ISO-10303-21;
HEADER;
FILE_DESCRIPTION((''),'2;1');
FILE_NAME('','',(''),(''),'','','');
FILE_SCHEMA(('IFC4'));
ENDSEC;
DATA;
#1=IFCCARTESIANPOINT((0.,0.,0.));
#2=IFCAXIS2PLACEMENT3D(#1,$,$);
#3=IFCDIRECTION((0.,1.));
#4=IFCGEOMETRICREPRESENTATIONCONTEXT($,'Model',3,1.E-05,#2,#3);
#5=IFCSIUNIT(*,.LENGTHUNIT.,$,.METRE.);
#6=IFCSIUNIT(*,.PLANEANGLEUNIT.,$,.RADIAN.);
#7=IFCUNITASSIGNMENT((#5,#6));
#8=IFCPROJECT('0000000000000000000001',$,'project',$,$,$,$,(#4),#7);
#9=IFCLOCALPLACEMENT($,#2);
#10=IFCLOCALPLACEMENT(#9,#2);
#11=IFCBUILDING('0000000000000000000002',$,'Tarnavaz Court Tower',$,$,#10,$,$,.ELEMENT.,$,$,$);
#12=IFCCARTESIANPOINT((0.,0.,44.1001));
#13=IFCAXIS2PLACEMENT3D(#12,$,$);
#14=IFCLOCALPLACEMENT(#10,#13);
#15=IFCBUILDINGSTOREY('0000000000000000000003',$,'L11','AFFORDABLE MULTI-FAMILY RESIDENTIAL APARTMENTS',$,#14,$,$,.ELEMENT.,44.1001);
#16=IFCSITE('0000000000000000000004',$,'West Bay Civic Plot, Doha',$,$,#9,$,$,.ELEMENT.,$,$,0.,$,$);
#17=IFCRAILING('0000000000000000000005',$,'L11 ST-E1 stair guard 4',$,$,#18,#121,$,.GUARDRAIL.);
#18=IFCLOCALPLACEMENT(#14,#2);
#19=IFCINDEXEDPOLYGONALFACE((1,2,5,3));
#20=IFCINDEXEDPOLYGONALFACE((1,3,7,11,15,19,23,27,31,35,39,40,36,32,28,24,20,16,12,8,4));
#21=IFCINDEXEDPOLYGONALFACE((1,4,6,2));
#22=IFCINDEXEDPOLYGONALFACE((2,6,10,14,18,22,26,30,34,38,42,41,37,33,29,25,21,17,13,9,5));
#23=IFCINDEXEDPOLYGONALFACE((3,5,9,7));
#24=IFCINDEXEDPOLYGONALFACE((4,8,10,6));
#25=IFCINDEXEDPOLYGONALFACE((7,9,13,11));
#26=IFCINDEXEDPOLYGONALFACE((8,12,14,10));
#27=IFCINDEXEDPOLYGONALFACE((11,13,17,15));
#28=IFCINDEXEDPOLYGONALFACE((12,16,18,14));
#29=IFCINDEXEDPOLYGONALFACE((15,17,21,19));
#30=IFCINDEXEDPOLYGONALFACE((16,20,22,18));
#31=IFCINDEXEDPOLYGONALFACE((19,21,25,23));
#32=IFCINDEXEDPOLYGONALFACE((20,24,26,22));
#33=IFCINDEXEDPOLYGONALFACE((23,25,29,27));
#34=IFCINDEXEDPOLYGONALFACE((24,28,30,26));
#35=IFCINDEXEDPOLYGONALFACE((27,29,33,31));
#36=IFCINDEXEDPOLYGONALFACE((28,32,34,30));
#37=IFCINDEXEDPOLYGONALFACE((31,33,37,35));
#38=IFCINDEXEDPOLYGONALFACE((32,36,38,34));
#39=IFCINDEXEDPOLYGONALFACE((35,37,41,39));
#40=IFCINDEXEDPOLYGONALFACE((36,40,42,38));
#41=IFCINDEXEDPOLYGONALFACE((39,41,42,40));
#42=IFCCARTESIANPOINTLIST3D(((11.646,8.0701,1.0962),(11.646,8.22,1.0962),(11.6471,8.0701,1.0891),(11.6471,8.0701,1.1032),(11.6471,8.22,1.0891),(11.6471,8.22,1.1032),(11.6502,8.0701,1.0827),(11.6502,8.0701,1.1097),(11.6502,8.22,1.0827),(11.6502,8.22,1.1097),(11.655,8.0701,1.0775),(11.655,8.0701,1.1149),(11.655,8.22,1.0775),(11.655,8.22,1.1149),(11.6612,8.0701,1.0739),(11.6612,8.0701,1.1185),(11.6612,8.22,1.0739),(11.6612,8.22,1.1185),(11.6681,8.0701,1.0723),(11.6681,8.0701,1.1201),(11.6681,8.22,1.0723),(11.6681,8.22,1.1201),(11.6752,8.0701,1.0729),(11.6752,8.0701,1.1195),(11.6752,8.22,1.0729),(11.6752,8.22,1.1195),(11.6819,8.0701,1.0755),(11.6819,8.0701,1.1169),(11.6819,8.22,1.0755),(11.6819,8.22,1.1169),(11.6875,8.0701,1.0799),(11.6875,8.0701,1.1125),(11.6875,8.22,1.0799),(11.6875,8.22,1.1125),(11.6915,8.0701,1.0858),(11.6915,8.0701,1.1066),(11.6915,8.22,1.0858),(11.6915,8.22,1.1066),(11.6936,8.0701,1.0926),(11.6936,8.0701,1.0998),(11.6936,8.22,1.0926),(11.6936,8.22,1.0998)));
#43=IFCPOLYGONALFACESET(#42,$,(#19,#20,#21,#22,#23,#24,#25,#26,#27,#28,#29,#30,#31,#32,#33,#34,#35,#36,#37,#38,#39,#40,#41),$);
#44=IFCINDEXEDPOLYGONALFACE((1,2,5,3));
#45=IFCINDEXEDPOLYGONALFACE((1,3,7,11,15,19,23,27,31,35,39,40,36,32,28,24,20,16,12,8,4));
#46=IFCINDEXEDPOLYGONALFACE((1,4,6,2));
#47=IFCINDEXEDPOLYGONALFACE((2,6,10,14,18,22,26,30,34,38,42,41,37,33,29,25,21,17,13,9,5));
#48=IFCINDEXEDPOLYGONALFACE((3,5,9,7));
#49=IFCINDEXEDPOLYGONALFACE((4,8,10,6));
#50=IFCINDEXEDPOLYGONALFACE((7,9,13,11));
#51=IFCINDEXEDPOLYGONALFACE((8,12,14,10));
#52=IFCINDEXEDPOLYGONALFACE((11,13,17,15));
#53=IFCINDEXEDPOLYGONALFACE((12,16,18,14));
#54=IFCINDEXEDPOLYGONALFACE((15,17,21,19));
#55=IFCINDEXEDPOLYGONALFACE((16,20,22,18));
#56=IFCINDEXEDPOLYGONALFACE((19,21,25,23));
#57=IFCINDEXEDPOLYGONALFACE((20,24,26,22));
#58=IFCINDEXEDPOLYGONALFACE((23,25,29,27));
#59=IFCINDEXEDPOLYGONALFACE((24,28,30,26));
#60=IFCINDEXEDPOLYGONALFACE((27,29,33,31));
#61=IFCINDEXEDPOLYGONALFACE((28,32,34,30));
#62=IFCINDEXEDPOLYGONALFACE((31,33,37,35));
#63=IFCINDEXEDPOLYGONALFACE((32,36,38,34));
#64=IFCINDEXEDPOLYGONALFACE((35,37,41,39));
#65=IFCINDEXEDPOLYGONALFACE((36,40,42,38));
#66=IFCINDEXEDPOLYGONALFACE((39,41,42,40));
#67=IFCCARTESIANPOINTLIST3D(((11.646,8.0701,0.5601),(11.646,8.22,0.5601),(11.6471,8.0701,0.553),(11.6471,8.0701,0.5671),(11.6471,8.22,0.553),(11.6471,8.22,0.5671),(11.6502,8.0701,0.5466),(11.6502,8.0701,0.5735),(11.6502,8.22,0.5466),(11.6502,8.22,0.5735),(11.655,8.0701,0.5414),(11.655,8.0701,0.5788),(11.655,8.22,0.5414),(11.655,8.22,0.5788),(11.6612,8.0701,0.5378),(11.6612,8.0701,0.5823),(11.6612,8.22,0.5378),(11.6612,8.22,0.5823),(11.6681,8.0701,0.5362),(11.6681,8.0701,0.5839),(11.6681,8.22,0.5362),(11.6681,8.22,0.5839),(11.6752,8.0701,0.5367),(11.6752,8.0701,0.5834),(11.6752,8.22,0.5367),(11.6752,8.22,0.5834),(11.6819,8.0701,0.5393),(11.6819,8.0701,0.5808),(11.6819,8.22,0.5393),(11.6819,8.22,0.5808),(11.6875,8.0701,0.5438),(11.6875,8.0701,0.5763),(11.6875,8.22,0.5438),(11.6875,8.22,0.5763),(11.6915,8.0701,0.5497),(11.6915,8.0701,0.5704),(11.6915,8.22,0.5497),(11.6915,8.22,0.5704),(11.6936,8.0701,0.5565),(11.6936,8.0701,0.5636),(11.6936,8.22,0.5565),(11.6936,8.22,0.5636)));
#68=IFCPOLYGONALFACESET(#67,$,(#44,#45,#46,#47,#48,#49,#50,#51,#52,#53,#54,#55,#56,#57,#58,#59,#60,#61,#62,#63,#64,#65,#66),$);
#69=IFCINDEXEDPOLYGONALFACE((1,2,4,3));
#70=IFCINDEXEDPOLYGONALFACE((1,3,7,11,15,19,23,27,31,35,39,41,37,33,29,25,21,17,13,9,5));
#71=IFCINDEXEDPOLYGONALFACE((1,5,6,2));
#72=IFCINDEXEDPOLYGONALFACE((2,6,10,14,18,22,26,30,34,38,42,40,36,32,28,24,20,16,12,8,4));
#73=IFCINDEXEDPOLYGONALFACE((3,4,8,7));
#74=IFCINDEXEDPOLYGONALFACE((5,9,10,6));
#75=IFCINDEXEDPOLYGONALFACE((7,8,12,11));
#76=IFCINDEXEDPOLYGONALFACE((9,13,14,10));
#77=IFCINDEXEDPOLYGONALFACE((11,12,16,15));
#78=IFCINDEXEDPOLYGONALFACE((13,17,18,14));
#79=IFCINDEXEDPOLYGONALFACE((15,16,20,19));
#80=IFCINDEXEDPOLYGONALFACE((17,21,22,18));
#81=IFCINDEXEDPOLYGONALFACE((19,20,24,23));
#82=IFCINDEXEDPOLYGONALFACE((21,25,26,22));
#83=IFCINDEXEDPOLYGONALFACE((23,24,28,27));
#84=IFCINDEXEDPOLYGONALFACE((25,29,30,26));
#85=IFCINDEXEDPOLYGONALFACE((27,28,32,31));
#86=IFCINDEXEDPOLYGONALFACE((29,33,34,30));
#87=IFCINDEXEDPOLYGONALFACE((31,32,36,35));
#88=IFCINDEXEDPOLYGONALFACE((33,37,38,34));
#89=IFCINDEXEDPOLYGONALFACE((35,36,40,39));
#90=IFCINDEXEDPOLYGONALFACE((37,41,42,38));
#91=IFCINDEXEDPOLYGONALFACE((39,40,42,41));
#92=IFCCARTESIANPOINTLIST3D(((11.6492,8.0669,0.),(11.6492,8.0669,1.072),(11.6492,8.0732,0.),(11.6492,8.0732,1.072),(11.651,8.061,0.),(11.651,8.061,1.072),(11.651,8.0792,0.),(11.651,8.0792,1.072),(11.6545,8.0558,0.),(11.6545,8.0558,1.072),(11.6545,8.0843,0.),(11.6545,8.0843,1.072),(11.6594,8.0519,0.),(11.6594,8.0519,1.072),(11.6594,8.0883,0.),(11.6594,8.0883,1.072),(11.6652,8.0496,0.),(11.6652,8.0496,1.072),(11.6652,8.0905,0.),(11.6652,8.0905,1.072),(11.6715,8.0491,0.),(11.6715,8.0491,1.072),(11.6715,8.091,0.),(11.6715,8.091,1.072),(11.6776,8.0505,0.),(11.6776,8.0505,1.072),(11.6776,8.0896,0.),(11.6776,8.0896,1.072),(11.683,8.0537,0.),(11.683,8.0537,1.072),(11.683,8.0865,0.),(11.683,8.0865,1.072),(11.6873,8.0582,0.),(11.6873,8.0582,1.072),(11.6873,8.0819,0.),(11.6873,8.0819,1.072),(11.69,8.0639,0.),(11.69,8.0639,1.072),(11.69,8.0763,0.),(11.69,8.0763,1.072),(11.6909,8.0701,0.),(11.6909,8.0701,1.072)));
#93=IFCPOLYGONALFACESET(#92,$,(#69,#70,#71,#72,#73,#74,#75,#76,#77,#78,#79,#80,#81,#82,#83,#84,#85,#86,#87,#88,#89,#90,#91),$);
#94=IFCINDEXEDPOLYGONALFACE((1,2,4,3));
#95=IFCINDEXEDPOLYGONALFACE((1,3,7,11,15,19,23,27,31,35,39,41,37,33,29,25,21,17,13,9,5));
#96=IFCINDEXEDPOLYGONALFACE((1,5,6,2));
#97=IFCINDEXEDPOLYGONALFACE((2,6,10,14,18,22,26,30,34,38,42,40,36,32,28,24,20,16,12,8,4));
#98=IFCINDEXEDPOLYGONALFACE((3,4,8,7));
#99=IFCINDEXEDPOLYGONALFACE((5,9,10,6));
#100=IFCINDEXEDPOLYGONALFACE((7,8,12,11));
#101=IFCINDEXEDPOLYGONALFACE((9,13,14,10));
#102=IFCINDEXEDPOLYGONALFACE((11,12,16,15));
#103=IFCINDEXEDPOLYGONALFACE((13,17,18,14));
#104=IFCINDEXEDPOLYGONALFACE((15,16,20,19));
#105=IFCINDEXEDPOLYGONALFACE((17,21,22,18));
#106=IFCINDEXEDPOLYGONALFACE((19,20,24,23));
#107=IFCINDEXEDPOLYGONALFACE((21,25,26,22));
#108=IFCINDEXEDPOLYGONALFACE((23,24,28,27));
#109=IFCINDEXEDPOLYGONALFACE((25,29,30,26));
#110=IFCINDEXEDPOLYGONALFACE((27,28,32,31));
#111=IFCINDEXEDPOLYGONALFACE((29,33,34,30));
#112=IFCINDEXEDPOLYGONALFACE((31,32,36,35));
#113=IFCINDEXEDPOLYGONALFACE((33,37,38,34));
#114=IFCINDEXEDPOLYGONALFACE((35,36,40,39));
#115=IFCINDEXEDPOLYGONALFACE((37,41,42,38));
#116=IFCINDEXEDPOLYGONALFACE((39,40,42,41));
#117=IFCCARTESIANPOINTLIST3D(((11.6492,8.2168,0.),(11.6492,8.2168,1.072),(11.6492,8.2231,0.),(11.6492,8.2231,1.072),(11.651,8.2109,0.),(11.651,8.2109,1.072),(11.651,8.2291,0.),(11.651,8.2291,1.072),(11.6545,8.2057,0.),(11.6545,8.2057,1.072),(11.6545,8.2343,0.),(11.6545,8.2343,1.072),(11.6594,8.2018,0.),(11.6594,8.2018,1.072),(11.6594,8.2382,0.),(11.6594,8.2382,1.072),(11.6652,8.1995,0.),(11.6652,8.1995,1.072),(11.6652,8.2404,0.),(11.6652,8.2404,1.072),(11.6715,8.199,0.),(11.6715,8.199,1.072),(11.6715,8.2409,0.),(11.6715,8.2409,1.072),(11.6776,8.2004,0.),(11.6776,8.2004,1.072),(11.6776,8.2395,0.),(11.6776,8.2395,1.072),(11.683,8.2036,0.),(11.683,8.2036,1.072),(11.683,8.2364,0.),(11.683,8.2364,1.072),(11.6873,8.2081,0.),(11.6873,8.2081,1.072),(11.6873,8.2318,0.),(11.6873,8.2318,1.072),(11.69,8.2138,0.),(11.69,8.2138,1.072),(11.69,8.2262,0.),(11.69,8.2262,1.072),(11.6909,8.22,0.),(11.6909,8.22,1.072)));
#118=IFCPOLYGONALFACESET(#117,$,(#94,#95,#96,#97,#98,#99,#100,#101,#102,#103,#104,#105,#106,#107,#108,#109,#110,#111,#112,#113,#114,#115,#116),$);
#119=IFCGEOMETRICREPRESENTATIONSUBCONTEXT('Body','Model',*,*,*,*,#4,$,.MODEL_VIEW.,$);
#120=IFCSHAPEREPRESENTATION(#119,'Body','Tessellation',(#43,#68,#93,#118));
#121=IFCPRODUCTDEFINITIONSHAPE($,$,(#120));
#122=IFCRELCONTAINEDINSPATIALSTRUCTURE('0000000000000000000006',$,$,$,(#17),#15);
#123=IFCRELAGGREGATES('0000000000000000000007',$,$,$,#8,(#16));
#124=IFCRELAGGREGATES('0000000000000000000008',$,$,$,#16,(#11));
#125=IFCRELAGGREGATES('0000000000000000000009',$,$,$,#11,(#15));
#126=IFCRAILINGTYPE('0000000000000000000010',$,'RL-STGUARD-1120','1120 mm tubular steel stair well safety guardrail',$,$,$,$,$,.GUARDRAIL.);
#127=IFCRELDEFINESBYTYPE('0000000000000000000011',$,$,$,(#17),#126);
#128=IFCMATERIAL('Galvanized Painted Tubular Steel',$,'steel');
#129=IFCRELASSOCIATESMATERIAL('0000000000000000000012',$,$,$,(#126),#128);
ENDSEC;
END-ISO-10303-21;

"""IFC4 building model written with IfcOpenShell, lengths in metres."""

from ifc_helpers import new_model, si_unit, direction, frame, origin, origin_2d, place, context, subcontext, project, spatial, circle, extrude, material, type_object, element, save


model = new_model("IFC4")

# Units and contexts
model_context = context("Model", 3, precision=1e-05, world=origin(), true_north=direction((0.0, 1.0)))
body_context = subcontext(model_context, "Body", "Model", "MODEL_VIEW")
ifc_project = project(units=[si_unit("LENGTHUNIT", "METRE"), si_unit("PLANEANGLEUNIT", "RADIAN")], contexts=[model_context])

# Site, building, storey
site_placement = place(None, origin())
site = spatial("IfcSite", under=ifc_project, at=site_placement, Name="West Bay Civic Plot, Doha", CompositionType="ELEMENT", RefElevation=0.0)
building_placement = place(site_placement, origin())
building = spatial("IfcBuilding", under=site, at=building_placement, Name="Tarnavaz Court Tower", CompositionType="ELEMENT")
storey_placement = place(building_placement, frame((0.0, 0.0, 44.1001)))
storey = spatial("IfcBuildingStorey", under=building, at=storey_placement, Name="L11", Description="AFFORDABLE MULTI-FAMILY RESIDENTIAL APARTMENTS", CompositionType="ELEMENT", Elevation=44.1001)

# Railing
ifc_material_1 = material(Name="Galvanized Painted Tubular Steel", Category="steel")
railing_type_1 = type_object("IfcRailingType", Name="RL-STGUARD-1120", Description="1120 mm tubular steel stair well safety guardrail", PredefinedType="GUARDRAIL", material=ifc_material_1)
railing_1_placement = place(storey_placement, frame((11.6699, 8.0701, 0.0)))
element("IfcRailing", 1, at=railing_1_placement, inside=storey, type_object=railing_type_1, Name="L11 ST-E1 stair guard 4", PredefinedType="GUARDRAIL", context=body_context, shape_type="SweptSolid", body=[
    extrude(circle(Radius=0.0239, at=origin_2d()), frame((0.0, 0.0, 1.0962), z_axis=(0.0, 1.0, 0.0), x_axis=(-1.0, 0.0, 0.0)), (0.0, 0.0, 1.0), 0.1499),
    extrude(circle(Radius=0.0239, at=origin_2d()), frame((0.0, 0.0, 0.5601), z_axis=(0.0, 1.0, 0.0), x_axis=(-1.0, 0.0, 0.0)), (0.0, 0.0, 1.0), 0.1499),
    extrude(circle(Radius=0.021, at=origin_2d()), origin(), (0.0, 0.0, 1.0), 1.072),
    extrude(circle(Radius=0.021, at=origin_2d()), frame((0.0, 0.1499, 0.0)), (0.0, 0.0, 1.0), 1.072),
])

save(model, "model.ifc")
